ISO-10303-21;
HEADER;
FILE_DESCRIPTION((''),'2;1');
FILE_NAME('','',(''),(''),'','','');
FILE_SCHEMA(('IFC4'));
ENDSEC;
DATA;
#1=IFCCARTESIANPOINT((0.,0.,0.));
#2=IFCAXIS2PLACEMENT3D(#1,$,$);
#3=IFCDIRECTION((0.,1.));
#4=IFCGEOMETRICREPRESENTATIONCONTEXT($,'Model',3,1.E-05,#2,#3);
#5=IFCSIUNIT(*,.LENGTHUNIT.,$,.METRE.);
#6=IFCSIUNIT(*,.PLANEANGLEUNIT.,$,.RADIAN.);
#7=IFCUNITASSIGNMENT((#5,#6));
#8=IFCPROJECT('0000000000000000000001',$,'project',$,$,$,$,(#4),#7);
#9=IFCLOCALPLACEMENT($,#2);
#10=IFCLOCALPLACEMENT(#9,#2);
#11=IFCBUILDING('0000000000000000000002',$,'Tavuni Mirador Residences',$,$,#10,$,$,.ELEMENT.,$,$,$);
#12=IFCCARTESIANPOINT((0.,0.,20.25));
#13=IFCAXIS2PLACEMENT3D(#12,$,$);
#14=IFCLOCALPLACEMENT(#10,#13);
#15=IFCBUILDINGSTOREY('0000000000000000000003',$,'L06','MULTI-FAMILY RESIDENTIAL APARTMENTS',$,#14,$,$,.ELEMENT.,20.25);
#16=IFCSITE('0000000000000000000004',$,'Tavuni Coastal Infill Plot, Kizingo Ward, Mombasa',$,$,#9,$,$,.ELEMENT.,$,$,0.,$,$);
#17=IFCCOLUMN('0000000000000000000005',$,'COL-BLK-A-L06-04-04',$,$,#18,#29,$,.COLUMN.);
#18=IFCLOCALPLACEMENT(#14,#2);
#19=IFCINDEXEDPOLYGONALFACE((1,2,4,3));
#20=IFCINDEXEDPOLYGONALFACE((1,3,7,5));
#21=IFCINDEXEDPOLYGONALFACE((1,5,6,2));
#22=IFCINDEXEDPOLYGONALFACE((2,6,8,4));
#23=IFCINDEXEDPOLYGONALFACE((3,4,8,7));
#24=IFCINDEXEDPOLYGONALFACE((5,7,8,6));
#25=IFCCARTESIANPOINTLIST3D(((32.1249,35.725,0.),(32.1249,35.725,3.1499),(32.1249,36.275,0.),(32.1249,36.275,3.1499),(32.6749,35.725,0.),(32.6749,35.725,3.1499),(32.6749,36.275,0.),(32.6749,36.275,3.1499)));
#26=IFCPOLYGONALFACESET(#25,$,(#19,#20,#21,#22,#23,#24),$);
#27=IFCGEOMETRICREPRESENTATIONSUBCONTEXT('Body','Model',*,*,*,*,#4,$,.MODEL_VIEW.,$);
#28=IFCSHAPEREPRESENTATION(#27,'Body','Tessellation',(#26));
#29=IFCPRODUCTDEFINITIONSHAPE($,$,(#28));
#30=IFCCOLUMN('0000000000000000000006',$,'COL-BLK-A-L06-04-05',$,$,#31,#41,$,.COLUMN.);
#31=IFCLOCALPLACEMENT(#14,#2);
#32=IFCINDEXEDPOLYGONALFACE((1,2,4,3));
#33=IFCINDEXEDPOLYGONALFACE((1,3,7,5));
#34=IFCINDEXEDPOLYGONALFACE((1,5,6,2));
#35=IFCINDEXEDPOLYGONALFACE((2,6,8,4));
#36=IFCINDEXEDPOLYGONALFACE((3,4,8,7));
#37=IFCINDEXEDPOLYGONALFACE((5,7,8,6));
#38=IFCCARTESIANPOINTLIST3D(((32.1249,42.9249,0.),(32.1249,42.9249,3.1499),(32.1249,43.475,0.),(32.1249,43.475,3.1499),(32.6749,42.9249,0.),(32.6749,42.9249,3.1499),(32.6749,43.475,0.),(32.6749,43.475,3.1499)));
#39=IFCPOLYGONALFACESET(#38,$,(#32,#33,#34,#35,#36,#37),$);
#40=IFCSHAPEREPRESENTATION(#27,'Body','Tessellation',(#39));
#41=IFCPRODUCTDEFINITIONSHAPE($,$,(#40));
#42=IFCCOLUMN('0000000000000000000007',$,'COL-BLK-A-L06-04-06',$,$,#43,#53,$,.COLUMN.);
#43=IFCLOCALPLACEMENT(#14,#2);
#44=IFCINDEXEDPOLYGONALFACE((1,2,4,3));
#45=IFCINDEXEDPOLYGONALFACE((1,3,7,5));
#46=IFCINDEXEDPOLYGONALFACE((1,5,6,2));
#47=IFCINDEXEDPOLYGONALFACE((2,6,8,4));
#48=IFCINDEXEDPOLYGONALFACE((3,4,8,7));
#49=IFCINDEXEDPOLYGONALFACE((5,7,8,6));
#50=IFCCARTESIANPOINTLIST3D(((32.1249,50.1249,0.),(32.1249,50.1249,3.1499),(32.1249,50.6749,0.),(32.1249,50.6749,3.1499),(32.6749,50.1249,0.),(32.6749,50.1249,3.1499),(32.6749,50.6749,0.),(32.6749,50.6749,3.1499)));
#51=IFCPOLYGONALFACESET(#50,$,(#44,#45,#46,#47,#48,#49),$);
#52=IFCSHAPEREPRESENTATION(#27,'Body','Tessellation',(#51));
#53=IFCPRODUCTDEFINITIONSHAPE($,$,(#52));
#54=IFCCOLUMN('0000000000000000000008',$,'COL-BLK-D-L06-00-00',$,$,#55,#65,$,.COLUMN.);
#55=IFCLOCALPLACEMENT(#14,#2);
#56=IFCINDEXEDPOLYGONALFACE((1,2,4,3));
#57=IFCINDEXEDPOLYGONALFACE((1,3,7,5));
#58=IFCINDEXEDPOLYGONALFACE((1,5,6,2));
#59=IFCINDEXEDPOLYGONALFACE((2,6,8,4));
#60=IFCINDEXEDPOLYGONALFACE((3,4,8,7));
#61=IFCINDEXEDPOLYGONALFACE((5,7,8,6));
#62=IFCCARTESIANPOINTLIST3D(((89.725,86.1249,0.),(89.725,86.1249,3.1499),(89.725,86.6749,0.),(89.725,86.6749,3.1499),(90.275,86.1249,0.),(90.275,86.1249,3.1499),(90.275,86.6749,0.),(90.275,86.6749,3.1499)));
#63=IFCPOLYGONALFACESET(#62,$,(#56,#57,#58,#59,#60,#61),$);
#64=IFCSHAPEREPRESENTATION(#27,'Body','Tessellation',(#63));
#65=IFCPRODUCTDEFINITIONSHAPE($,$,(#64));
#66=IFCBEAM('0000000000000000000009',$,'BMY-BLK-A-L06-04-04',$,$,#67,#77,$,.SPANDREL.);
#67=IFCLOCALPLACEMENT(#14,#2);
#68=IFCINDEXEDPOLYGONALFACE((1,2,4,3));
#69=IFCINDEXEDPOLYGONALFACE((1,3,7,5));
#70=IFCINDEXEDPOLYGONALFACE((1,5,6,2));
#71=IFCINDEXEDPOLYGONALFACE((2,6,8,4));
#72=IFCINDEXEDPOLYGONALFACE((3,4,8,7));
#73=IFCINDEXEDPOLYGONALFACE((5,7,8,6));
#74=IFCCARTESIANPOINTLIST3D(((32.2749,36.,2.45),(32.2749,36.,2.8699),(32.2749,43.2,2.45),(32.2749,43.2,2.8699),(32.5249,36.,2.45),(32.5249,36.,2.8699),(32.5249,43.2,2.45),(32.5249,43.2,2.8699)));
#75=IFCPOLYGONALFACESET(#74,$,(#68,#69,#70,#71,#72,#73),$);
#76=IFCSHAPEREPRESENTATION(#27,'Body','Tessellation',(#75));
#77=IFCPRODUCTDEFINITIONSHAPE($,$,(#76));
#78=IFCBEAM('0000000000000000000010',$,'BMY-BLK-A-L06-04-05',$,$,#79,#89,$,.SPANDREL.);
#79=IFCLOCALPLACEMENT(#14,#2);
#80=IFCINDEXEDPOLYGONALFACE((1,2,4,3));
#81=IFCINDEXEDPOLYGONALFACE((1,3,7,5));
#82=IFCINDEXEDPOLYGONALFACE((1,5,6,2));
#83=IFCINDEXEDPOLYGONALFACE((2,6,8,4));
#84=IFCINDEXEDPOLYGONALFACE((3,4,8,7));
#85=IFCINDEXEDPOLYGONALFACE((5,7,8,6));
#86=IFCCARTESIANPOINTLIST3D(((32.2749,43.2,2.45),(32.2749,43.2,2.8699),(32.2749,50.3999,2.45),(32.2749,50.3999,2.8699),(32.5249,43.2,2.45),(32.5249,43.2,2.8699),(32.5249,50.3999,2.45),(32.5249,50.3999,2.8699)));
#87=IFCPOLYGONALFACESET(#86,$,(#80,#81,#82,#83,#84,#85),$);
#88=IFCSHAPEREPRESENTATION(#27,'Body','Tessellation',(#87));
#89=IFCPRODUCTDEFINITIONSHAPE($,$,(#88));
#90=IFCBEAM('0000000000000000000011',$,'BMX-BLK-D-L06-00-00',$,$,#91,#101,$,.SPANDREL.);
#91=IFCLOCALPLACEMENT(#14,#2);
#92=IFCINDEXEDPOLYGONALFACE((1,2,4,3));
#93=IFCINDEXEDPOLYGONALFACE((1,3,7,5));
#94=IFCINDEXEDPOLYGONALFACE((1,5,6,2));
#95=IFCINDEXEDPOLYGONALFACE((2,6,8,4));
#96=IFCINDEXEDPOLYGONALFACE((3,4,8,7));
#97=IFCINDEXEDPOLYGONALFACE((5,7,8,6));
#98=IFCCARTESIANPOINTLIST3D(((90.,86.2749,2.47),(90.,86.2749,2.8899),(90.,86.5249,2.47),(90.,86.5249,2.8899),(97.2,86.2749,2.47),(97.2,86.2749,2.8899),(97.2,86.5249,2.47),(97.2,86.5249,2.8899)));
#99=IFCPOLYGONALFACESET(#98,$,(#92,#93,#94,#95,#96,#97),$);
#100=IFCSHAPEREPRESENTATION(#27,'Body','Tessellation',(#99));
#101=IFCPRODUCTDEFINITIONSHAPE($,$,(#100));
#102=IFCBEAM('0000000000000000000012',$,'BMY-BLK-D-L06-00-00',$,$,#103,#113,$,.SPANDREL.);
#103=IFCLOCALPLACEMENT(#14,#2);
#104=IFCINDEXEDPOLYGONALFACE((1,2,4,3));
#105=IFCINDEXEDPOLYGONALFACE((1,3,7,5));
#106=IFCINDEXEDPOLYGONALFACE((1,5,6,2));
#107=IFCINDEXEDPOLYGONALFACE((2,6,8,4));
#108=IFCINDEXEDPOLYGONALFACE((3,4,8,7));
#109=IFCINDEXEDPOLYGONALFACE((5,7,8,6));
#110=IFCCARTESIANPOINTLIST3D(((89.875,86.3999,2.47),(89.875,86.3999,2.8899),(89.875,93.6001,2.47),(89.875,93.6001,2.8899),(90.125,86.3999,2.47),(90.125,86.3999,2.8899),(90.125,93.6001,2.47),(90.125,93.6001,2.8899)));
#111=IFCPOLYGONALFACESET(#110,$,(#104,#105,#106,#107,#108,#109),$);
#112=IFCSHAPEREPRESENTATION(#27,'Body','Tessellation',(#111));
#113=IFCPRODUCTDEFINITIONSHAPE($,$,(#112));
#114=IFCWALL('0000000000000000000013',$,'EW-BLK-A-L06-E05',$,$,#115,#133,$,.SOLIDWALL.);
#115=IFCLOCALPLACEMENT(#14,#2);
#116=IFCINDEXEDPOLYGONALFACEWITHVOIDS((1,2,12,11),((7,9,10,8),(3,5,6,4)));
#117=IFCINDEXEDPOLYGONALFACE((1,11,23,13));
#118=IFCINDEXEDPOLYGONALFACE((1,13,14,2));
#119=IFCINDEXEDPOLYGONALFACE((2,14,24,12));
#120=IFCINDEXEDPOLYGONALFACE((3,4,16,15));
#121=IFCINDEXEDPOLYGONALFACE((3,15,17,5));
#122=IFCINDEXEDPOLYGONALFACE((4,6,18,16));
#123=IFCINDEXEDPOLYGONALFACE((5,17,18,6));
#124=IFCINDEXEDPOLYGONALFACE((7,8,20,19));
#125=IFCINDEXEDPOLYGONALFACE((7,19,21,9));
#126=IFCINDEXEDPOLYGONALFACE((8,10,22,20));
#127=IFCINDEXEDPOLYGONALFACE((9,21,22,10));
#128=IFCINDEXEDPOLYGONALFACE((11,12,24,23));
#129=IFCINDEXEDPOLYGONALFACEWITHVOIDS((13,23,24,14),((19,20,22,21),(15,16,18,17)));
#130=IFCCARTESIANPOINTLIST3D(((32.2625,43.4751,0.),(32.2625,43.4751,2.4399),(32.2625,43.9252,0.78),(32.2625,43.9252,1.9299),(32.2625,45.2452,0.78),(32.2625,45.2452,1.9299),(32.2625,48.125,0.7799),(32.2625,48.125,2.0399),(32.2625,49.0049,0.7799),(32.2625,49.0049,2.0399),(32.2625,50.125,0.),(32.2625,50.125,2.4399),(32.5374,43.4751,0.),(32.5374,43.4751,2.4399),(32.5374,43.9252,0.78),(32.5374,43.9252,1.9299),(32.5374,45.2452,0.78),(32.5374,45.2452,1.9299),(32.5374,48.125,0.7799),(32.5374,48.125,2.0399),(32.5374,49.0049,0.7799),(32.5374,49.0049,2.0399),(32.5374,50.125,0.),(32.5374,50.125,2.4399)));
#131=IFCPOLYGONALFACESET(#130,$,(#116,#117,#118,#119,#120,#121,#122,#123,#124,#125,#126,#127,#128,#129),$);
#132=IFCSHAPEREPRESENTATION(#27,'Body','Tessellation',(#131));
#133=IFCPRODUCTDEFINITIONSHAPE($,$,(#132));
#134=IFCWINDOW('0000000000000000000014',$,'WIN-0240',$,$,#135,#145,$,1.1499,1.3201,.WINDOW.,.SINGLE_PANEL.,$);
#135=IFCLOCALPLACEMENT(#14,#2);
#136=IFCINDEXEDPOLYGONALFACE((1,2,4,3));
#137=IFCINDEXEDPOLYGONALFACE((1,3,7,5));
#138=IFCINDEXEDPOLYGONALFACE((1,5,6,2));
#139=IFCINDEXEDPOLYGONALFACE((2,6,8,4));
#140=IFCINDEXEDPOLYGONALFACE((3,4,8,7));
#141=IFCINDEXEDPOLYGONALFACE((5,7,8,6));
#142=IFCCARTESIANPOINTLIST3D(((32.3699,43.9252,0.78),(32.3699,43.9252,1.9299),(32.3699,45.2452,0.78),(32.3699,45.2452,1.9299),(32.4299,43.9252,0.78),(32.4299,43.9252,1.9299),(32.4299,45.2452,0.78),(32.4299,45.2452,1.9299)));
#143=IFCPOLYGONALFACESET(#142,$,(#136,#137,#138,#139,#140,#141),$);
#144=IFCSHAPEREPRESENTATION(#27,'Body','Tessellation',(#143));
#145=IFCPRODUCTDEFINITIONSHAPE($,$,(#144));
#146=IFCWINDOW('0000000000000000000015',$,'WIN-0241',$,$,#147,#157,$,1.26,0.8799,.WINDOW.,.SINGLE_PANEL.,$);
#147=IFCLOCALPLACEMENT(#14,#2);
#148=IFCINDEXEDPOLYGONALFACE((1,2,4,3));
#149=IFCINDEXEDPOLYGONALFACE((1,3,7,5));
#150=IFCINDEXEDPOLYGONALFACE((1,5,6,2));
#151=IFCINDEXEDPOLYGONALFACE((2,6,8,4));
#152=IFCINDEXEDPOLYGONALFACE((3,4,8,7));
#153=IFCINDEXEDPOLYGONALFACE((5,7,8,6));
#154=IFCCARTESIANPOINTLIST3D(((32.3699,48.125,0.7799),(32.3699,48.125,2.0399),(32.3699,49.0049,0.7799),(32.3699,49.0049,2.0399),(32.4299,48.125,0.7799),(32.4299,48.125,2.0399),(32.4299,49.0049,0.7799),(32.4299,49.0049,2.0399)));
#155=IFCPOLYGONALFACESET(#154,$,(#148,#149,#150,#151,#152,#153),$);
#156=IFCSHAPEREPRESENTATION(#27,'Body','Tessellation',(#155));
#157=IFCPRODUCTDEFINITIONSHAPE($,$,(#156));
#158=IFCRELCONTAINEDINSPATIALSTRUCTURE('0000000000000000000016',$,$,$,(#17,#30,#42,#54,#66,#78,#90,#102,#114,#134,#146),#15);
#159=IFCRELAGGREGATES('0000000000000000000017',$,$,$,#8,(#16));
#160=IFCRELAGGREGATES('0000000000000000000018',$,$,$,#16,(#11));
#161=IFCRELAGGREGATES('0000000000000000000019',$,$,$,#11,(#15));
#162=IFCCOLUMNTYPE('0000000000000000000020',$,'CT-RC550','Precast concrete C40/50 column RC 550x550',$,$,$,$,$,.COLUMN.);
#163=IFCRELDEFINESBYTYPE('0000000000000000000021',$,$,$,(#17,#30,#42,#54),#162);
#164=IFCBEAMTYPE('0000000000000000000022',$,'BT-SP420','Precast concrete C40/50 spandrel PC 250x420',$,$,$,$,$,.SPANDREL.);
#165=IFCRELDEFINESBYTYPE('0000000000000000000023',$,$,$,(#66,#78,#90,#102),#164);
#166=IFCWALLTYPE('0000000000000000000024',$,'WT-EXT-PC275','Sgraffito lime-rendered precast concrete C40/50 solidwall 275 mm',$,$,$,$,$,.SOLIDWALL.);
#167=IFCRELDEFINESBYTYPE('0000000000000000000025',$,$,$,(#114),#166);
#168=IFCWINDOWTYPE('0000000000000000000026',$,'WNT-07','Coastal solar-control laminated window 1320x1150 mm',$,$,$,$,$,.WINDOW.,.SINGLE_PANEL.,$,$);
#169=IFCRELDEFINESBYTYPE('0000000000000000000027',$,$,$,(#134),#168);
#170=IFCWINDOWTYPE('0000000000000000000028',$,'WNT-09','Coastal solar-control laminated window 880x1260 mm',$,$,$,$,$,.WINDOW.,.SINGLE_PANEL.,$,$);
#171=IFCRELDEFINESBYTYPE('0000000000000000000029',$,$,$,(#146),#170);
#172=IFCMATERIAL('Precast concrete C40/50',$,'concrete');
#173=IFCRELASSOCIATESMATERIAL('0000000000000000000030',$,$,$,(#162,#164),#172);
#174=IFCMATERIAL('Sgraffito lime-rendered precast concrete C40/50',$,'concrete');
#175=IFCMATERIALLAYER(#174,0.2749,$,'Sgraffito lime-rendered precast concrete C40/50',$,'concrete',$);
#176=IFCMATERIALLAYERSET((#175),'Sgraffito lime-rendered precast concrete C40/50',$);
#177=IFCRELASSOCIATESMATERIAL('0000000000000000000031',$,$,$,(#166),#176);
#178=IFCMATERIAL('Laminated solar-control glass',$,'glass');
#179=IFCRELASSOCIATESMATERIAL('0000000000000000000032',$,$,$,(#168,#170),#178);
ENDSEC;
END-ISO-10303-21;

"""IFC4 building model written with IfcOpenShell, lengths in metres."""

from ifc_helpers import new_model, si_unit, direction, frame, frame_2d, origin, origin_2d, place, context, subcontext, project, spatial, rectangle, extrude, material, layer, layer_set, material_profile, profile_set, type_object, element, fill, save


model = new_model("IFC4")

# Units and contexts
model_context = context("Model", 3, precision=1e-05, world=origin(), true_north=direction((0.0, 1.0)))
body_context = subcontext(model_context, "Body", "Model", "MODEL_VIEW")
ifc_project = project(units=[si_unit("LENGTHUNIT", "METRE"), si_unit("PLANEANGLEUNIT", "RADIAN")], contexts=[model_context])

# Site, building, storey
site_placement = place(None, origin())
site = spatial("IfcSite", under=ifc_project, at=site_placement, Name="Tavuni Coastal Infill Plot, Kizingo Ward, Mombasa", CompositionType="ELEMENT", RefElevation=0.0)
building_placement = place(site_placement, origin())
building = spatial("IfcBuilding", under=site, at=building_placement, Name="Tavuni Mirador Residences", CompositionType="ELEMENT")
storey_placement = place(building_placement, frame((0.0, 0.0, 20.25)))
storey = spatial("IfcBuildingStorey", under=building, at=storey_placement, Name="L06", Description="MULTI-FAMILY RESIDENTIAL APARTMENTS", CompositionType="ELEMENT", Elevation=20.25)

# Columns
ifc_material_1 = material(Name="Precast concrete C40/50", Category="concrete")
ifc_material_profile_1 = material_profile(ifc_material_1, rectangle(XDim=0.55, YDim=0.55, at=origin_2d()), Name="RC 550x550", Category="concrete")
ifc_profile_set_1 = profile_set([ifc_material_profile_1], Name="Precast concrete C40/50")
column_type = type_object("IfcColumnType", Name="CT-RC550", Description="Precast concrete C40/50 column RC 550x550", PredefinedType="COLUMN", material=ifc_profile_set_1)
for number, where, z_axis, x_axis, name in (
    (1, (32.3999, 36.0, 0.0), (0.0, 0.0, 1.0), (1.0, 0.0, 0.0), "COL-BLK-A-L06-04-04"),
    (2, (32.3999, 43.2, 0.0), (0.0, 0.0, 1.0), (1.0, 0.0, 0.0), "COL-BLK-A-L06-04-05"),
    (3, (32.3999, 50.3999, 0.0), (0.0, 0.0, 1.0), (1.0, 0.0, 0.0), "COL-BLK-A-L06-04-06"),
    (4, (90.0, 86.3999, 0.0), (0.0, 0.0, 1.0), (1.0, 0.0, 0.0), "COL-BLK-D-L06-00-00"),
):
    element("IfcColumn", number, at=place(storey_placement, frame(where, z_axis=z_axis, x_axis=x_axis)), inside=storey, type_object=column_type, Name=name, PredefinedType="COLUMN", context=body_context, shape_type="SweptSolid", body=[
        extrude(rectangle(XDim=0.55, YDim=0.55, at=origin_2d()), origin(), (0.0, 0.0, 1.0), 3.1499),
    ])

# Beams
ifc_material_profile_2 = material_profile(ifc_material_1, rectangle(XDim=0.25, YDim=0.4199, at=origin_2d()), Name="PC 250x420", Category="concrete")
ifc_profile_set_2 = profile_set([ifc_material_profile_2], Name="Precast concrete C40/50")
beam_type = type_object("IfcBeamType", Name="BT-SP420", Description="Precast concrete C40/50 spandrel PC 250x420", PredefinedType="SPANDREL", material=ifc_profile_set_2)
for number, where, z_axis, x_axis, name in (
    (5, (32.3999, 36.0, 2.6599), (0.0, 1.0, 0.0), (-1.0, 0.0, 0.0), "BMY-BLK-A-L06-04-04"),
    (6, (32.3999, 43.2, 2.6599), (0.0, 1.0, 0.0), (-1.0, 0.0, 0.0), "BMY-BLK-A-L06-04-05"),
    (7, (90.0, 86.3999, 2.6799), (1.0, 0.0, 0.0), (0.0, 1.0, 0.0), "BMX-BLK-D-L06-00-00"),
):
    element("IfcBeam", number, at=place(storey_placement, frame(where, z_axis=z_axis, x_axis=x_axis)), inside=storey, type_object=beam_type, Name=name, PredefinedType="SPANDREL", context=body_context, shape_type="SweptSolid", body=[
        extrude(rectangle(XDim=0.25, YDim=0.4199, at=origin_2d()), origin(), (0.0, 0.0, 1.0), 7.2),
    ])
beam_placement = place(storey_placement, frame((90.0, 86.3999, 2.6799), z_axis=(0.0, 1.0, 0.0), x_axis=(-1.0, 0.0, 0.0)))
element("IfcBeam", 8, at=beam_placement, inside=storey, type_object=beam_type, Name="BMY-BLK-D-L06-00-00", PredefinedType="SPANDREL", context=body_context, shape_type="SweptSolid", body=[
    extrude(rectangle(XDim=0.25, YDim=0.4199, at=origin_2d()), origin(), (0.0, 0.0, 1.0), 7.2002),
])

# Wall, openings, windows
ifc_material_2 = material(Name="Sgraffito lime-rendered precast concrete C40/50", Category="concrete")
ifc_layer_1 = layer(ifc_material_2, 0.2749, Name="Sgraffito lime-rendered precast concrete C40/50", Category="concrete")
ifc_layer_set_1 = layer_set([ifc_layer_1], Name="Sgraffito lime-rendered precast concrete C40/50")
wall_type_1 = type_object("IfcWallType", Name="WT-EXT-PC275", Description="Sgraffito lime-rendered precast concrete C40/50 solidwall 275 mm", PredefinedType="SOLIDWALL", material=ifc_layer_set_1)
wall_1_placement = place(storey_placement, frame((32.3999, 43.4751, 0.0), z_axis=(0.0, 0.0, 1.0), x_axis=(0.0, 1.0, 0.0)))
wall_1 = element("IfcWall", 9, at=wall_1_placement, inside=storey, type_object=wall_type_1, Name="EW-BLK-A-L06-E05", PredefinedType="SOLIDWALL", context=body_context, shape_type="SweptSolid", body=[
    extrude(rectangle(XDim=6.6499, YDim=0.2749, at=frame_2d((3.325, 0.0))), origin(), (0.0, 0.0, 1.0), 2.4399),
])
opening_1_placement = place(wall_1_placement, frame((0.45, 0.0, 0.78)))
opening_1 = element("IfcOpeningElement", 10, at=opening_1_placement, cuts=wall_1, PredefinedType="OPENING", context=body_context, shape_type="SweptSolid", body=[
    extrude(rectangle(XDim=1.3201, YDim=1.1499, at=frame_2d((0.6602, 0.575))), frame((0.0, 0.1475, 0.0), z_axis=(0.0, -1.0, 0.0), x_axis=(1.0, 0.0, 0.0)), (0.0, 0.0, 1.0), 0.2949),
])
opening_2_placement = place(wall_1_placement, frame((4.6499, 0.0, 0.78)))
opening_2 = element("IfcOpeningElement", 11, at=opening_2_placement, cuts=wall_1, PredefinedType="OPENING", context=body_context, shape_type="SweptSolid", body=[
    extrude(rectangle(XDim=0.8799, YDim=1.26, at=frame_2d((0.4399, 0.6299))), frame((0.0, 0.1475, 0.0), z_axis=(0.0, -1.0, 0.0), x_axis=(1.0, 0.0, 0.0)), (0.0, 0.0, 1.0), 0.2949),
])
ifc_material_3 = material(Name="Laminated solar-control glass", Category="glass")
window_type_1 = type_object("IfcWindowType", Name="WNT-07", Description="Coastal solar-control laminated window 1320x1150 mm", PartitioningType="SINGLE_PANEL", PredefinedType="WINDOW", material=ifc_material_3)
window_1_placement = place(opening_1_placement, origin())
window_1 = element("IfcWindow", 12, at=window_1_placement, inside=storey, type_object=window_type_1, Name="WIN-0240", OverallHeight=1.1499, OverallWidth=1.3201, PartitioningType="SINGLE_PANEL", PredefinedType="WINDOW", context=body_context, shape_type="SweptSolid", body=[
    extrude(rectangle(XDim=1.3201, YDim=1.1499, at=frame_2d((0.6602, 0.575))), frame((0.0, 0.03, 0.0), z_axis=(0.0, -1.0, 0.0), x_axis=(1.0, 0.0, 0.0)), (0.0, 0.0, 1.0), 0.0601),
])
fill(opening_1, window_1)
window_type_2 = type_object("IfcWindowType", Name="WNT-09", Description="Coastal solar-control laminated window 880x1260 mm", PartitioningType="SINGLE_PANEL", PredefinedType="WINDOW", material=ifc_material_3)
window_2_placement = place(opening_2_placement, origin())
window_2 = element("IfcWindow", 13, at=window_2_placement, inside=storey, type_object=window_type_2, Name="WIN-0241", OverallHeight=1.26, OverallWidth=0.8799, PartitioningType="SINGLE_PANEL", PredefinedType="WINDOW", context=body_context, shape_type="SweptSolid", body=[
    extrude(rectangle(XDim=0.8799, YDim=1.26, at=frame_2d((0.4399, 0.6299))), frame((0.0, 0.03, 0.0), z_axis=(0.0, -1.0, 0.0), x_axis=(1.0, 0.0, 0.0)), (0.0, 0.0, 1.0), 0.0601),
])
fill(opening_2, window_2)

save(model, "model.ifc")
